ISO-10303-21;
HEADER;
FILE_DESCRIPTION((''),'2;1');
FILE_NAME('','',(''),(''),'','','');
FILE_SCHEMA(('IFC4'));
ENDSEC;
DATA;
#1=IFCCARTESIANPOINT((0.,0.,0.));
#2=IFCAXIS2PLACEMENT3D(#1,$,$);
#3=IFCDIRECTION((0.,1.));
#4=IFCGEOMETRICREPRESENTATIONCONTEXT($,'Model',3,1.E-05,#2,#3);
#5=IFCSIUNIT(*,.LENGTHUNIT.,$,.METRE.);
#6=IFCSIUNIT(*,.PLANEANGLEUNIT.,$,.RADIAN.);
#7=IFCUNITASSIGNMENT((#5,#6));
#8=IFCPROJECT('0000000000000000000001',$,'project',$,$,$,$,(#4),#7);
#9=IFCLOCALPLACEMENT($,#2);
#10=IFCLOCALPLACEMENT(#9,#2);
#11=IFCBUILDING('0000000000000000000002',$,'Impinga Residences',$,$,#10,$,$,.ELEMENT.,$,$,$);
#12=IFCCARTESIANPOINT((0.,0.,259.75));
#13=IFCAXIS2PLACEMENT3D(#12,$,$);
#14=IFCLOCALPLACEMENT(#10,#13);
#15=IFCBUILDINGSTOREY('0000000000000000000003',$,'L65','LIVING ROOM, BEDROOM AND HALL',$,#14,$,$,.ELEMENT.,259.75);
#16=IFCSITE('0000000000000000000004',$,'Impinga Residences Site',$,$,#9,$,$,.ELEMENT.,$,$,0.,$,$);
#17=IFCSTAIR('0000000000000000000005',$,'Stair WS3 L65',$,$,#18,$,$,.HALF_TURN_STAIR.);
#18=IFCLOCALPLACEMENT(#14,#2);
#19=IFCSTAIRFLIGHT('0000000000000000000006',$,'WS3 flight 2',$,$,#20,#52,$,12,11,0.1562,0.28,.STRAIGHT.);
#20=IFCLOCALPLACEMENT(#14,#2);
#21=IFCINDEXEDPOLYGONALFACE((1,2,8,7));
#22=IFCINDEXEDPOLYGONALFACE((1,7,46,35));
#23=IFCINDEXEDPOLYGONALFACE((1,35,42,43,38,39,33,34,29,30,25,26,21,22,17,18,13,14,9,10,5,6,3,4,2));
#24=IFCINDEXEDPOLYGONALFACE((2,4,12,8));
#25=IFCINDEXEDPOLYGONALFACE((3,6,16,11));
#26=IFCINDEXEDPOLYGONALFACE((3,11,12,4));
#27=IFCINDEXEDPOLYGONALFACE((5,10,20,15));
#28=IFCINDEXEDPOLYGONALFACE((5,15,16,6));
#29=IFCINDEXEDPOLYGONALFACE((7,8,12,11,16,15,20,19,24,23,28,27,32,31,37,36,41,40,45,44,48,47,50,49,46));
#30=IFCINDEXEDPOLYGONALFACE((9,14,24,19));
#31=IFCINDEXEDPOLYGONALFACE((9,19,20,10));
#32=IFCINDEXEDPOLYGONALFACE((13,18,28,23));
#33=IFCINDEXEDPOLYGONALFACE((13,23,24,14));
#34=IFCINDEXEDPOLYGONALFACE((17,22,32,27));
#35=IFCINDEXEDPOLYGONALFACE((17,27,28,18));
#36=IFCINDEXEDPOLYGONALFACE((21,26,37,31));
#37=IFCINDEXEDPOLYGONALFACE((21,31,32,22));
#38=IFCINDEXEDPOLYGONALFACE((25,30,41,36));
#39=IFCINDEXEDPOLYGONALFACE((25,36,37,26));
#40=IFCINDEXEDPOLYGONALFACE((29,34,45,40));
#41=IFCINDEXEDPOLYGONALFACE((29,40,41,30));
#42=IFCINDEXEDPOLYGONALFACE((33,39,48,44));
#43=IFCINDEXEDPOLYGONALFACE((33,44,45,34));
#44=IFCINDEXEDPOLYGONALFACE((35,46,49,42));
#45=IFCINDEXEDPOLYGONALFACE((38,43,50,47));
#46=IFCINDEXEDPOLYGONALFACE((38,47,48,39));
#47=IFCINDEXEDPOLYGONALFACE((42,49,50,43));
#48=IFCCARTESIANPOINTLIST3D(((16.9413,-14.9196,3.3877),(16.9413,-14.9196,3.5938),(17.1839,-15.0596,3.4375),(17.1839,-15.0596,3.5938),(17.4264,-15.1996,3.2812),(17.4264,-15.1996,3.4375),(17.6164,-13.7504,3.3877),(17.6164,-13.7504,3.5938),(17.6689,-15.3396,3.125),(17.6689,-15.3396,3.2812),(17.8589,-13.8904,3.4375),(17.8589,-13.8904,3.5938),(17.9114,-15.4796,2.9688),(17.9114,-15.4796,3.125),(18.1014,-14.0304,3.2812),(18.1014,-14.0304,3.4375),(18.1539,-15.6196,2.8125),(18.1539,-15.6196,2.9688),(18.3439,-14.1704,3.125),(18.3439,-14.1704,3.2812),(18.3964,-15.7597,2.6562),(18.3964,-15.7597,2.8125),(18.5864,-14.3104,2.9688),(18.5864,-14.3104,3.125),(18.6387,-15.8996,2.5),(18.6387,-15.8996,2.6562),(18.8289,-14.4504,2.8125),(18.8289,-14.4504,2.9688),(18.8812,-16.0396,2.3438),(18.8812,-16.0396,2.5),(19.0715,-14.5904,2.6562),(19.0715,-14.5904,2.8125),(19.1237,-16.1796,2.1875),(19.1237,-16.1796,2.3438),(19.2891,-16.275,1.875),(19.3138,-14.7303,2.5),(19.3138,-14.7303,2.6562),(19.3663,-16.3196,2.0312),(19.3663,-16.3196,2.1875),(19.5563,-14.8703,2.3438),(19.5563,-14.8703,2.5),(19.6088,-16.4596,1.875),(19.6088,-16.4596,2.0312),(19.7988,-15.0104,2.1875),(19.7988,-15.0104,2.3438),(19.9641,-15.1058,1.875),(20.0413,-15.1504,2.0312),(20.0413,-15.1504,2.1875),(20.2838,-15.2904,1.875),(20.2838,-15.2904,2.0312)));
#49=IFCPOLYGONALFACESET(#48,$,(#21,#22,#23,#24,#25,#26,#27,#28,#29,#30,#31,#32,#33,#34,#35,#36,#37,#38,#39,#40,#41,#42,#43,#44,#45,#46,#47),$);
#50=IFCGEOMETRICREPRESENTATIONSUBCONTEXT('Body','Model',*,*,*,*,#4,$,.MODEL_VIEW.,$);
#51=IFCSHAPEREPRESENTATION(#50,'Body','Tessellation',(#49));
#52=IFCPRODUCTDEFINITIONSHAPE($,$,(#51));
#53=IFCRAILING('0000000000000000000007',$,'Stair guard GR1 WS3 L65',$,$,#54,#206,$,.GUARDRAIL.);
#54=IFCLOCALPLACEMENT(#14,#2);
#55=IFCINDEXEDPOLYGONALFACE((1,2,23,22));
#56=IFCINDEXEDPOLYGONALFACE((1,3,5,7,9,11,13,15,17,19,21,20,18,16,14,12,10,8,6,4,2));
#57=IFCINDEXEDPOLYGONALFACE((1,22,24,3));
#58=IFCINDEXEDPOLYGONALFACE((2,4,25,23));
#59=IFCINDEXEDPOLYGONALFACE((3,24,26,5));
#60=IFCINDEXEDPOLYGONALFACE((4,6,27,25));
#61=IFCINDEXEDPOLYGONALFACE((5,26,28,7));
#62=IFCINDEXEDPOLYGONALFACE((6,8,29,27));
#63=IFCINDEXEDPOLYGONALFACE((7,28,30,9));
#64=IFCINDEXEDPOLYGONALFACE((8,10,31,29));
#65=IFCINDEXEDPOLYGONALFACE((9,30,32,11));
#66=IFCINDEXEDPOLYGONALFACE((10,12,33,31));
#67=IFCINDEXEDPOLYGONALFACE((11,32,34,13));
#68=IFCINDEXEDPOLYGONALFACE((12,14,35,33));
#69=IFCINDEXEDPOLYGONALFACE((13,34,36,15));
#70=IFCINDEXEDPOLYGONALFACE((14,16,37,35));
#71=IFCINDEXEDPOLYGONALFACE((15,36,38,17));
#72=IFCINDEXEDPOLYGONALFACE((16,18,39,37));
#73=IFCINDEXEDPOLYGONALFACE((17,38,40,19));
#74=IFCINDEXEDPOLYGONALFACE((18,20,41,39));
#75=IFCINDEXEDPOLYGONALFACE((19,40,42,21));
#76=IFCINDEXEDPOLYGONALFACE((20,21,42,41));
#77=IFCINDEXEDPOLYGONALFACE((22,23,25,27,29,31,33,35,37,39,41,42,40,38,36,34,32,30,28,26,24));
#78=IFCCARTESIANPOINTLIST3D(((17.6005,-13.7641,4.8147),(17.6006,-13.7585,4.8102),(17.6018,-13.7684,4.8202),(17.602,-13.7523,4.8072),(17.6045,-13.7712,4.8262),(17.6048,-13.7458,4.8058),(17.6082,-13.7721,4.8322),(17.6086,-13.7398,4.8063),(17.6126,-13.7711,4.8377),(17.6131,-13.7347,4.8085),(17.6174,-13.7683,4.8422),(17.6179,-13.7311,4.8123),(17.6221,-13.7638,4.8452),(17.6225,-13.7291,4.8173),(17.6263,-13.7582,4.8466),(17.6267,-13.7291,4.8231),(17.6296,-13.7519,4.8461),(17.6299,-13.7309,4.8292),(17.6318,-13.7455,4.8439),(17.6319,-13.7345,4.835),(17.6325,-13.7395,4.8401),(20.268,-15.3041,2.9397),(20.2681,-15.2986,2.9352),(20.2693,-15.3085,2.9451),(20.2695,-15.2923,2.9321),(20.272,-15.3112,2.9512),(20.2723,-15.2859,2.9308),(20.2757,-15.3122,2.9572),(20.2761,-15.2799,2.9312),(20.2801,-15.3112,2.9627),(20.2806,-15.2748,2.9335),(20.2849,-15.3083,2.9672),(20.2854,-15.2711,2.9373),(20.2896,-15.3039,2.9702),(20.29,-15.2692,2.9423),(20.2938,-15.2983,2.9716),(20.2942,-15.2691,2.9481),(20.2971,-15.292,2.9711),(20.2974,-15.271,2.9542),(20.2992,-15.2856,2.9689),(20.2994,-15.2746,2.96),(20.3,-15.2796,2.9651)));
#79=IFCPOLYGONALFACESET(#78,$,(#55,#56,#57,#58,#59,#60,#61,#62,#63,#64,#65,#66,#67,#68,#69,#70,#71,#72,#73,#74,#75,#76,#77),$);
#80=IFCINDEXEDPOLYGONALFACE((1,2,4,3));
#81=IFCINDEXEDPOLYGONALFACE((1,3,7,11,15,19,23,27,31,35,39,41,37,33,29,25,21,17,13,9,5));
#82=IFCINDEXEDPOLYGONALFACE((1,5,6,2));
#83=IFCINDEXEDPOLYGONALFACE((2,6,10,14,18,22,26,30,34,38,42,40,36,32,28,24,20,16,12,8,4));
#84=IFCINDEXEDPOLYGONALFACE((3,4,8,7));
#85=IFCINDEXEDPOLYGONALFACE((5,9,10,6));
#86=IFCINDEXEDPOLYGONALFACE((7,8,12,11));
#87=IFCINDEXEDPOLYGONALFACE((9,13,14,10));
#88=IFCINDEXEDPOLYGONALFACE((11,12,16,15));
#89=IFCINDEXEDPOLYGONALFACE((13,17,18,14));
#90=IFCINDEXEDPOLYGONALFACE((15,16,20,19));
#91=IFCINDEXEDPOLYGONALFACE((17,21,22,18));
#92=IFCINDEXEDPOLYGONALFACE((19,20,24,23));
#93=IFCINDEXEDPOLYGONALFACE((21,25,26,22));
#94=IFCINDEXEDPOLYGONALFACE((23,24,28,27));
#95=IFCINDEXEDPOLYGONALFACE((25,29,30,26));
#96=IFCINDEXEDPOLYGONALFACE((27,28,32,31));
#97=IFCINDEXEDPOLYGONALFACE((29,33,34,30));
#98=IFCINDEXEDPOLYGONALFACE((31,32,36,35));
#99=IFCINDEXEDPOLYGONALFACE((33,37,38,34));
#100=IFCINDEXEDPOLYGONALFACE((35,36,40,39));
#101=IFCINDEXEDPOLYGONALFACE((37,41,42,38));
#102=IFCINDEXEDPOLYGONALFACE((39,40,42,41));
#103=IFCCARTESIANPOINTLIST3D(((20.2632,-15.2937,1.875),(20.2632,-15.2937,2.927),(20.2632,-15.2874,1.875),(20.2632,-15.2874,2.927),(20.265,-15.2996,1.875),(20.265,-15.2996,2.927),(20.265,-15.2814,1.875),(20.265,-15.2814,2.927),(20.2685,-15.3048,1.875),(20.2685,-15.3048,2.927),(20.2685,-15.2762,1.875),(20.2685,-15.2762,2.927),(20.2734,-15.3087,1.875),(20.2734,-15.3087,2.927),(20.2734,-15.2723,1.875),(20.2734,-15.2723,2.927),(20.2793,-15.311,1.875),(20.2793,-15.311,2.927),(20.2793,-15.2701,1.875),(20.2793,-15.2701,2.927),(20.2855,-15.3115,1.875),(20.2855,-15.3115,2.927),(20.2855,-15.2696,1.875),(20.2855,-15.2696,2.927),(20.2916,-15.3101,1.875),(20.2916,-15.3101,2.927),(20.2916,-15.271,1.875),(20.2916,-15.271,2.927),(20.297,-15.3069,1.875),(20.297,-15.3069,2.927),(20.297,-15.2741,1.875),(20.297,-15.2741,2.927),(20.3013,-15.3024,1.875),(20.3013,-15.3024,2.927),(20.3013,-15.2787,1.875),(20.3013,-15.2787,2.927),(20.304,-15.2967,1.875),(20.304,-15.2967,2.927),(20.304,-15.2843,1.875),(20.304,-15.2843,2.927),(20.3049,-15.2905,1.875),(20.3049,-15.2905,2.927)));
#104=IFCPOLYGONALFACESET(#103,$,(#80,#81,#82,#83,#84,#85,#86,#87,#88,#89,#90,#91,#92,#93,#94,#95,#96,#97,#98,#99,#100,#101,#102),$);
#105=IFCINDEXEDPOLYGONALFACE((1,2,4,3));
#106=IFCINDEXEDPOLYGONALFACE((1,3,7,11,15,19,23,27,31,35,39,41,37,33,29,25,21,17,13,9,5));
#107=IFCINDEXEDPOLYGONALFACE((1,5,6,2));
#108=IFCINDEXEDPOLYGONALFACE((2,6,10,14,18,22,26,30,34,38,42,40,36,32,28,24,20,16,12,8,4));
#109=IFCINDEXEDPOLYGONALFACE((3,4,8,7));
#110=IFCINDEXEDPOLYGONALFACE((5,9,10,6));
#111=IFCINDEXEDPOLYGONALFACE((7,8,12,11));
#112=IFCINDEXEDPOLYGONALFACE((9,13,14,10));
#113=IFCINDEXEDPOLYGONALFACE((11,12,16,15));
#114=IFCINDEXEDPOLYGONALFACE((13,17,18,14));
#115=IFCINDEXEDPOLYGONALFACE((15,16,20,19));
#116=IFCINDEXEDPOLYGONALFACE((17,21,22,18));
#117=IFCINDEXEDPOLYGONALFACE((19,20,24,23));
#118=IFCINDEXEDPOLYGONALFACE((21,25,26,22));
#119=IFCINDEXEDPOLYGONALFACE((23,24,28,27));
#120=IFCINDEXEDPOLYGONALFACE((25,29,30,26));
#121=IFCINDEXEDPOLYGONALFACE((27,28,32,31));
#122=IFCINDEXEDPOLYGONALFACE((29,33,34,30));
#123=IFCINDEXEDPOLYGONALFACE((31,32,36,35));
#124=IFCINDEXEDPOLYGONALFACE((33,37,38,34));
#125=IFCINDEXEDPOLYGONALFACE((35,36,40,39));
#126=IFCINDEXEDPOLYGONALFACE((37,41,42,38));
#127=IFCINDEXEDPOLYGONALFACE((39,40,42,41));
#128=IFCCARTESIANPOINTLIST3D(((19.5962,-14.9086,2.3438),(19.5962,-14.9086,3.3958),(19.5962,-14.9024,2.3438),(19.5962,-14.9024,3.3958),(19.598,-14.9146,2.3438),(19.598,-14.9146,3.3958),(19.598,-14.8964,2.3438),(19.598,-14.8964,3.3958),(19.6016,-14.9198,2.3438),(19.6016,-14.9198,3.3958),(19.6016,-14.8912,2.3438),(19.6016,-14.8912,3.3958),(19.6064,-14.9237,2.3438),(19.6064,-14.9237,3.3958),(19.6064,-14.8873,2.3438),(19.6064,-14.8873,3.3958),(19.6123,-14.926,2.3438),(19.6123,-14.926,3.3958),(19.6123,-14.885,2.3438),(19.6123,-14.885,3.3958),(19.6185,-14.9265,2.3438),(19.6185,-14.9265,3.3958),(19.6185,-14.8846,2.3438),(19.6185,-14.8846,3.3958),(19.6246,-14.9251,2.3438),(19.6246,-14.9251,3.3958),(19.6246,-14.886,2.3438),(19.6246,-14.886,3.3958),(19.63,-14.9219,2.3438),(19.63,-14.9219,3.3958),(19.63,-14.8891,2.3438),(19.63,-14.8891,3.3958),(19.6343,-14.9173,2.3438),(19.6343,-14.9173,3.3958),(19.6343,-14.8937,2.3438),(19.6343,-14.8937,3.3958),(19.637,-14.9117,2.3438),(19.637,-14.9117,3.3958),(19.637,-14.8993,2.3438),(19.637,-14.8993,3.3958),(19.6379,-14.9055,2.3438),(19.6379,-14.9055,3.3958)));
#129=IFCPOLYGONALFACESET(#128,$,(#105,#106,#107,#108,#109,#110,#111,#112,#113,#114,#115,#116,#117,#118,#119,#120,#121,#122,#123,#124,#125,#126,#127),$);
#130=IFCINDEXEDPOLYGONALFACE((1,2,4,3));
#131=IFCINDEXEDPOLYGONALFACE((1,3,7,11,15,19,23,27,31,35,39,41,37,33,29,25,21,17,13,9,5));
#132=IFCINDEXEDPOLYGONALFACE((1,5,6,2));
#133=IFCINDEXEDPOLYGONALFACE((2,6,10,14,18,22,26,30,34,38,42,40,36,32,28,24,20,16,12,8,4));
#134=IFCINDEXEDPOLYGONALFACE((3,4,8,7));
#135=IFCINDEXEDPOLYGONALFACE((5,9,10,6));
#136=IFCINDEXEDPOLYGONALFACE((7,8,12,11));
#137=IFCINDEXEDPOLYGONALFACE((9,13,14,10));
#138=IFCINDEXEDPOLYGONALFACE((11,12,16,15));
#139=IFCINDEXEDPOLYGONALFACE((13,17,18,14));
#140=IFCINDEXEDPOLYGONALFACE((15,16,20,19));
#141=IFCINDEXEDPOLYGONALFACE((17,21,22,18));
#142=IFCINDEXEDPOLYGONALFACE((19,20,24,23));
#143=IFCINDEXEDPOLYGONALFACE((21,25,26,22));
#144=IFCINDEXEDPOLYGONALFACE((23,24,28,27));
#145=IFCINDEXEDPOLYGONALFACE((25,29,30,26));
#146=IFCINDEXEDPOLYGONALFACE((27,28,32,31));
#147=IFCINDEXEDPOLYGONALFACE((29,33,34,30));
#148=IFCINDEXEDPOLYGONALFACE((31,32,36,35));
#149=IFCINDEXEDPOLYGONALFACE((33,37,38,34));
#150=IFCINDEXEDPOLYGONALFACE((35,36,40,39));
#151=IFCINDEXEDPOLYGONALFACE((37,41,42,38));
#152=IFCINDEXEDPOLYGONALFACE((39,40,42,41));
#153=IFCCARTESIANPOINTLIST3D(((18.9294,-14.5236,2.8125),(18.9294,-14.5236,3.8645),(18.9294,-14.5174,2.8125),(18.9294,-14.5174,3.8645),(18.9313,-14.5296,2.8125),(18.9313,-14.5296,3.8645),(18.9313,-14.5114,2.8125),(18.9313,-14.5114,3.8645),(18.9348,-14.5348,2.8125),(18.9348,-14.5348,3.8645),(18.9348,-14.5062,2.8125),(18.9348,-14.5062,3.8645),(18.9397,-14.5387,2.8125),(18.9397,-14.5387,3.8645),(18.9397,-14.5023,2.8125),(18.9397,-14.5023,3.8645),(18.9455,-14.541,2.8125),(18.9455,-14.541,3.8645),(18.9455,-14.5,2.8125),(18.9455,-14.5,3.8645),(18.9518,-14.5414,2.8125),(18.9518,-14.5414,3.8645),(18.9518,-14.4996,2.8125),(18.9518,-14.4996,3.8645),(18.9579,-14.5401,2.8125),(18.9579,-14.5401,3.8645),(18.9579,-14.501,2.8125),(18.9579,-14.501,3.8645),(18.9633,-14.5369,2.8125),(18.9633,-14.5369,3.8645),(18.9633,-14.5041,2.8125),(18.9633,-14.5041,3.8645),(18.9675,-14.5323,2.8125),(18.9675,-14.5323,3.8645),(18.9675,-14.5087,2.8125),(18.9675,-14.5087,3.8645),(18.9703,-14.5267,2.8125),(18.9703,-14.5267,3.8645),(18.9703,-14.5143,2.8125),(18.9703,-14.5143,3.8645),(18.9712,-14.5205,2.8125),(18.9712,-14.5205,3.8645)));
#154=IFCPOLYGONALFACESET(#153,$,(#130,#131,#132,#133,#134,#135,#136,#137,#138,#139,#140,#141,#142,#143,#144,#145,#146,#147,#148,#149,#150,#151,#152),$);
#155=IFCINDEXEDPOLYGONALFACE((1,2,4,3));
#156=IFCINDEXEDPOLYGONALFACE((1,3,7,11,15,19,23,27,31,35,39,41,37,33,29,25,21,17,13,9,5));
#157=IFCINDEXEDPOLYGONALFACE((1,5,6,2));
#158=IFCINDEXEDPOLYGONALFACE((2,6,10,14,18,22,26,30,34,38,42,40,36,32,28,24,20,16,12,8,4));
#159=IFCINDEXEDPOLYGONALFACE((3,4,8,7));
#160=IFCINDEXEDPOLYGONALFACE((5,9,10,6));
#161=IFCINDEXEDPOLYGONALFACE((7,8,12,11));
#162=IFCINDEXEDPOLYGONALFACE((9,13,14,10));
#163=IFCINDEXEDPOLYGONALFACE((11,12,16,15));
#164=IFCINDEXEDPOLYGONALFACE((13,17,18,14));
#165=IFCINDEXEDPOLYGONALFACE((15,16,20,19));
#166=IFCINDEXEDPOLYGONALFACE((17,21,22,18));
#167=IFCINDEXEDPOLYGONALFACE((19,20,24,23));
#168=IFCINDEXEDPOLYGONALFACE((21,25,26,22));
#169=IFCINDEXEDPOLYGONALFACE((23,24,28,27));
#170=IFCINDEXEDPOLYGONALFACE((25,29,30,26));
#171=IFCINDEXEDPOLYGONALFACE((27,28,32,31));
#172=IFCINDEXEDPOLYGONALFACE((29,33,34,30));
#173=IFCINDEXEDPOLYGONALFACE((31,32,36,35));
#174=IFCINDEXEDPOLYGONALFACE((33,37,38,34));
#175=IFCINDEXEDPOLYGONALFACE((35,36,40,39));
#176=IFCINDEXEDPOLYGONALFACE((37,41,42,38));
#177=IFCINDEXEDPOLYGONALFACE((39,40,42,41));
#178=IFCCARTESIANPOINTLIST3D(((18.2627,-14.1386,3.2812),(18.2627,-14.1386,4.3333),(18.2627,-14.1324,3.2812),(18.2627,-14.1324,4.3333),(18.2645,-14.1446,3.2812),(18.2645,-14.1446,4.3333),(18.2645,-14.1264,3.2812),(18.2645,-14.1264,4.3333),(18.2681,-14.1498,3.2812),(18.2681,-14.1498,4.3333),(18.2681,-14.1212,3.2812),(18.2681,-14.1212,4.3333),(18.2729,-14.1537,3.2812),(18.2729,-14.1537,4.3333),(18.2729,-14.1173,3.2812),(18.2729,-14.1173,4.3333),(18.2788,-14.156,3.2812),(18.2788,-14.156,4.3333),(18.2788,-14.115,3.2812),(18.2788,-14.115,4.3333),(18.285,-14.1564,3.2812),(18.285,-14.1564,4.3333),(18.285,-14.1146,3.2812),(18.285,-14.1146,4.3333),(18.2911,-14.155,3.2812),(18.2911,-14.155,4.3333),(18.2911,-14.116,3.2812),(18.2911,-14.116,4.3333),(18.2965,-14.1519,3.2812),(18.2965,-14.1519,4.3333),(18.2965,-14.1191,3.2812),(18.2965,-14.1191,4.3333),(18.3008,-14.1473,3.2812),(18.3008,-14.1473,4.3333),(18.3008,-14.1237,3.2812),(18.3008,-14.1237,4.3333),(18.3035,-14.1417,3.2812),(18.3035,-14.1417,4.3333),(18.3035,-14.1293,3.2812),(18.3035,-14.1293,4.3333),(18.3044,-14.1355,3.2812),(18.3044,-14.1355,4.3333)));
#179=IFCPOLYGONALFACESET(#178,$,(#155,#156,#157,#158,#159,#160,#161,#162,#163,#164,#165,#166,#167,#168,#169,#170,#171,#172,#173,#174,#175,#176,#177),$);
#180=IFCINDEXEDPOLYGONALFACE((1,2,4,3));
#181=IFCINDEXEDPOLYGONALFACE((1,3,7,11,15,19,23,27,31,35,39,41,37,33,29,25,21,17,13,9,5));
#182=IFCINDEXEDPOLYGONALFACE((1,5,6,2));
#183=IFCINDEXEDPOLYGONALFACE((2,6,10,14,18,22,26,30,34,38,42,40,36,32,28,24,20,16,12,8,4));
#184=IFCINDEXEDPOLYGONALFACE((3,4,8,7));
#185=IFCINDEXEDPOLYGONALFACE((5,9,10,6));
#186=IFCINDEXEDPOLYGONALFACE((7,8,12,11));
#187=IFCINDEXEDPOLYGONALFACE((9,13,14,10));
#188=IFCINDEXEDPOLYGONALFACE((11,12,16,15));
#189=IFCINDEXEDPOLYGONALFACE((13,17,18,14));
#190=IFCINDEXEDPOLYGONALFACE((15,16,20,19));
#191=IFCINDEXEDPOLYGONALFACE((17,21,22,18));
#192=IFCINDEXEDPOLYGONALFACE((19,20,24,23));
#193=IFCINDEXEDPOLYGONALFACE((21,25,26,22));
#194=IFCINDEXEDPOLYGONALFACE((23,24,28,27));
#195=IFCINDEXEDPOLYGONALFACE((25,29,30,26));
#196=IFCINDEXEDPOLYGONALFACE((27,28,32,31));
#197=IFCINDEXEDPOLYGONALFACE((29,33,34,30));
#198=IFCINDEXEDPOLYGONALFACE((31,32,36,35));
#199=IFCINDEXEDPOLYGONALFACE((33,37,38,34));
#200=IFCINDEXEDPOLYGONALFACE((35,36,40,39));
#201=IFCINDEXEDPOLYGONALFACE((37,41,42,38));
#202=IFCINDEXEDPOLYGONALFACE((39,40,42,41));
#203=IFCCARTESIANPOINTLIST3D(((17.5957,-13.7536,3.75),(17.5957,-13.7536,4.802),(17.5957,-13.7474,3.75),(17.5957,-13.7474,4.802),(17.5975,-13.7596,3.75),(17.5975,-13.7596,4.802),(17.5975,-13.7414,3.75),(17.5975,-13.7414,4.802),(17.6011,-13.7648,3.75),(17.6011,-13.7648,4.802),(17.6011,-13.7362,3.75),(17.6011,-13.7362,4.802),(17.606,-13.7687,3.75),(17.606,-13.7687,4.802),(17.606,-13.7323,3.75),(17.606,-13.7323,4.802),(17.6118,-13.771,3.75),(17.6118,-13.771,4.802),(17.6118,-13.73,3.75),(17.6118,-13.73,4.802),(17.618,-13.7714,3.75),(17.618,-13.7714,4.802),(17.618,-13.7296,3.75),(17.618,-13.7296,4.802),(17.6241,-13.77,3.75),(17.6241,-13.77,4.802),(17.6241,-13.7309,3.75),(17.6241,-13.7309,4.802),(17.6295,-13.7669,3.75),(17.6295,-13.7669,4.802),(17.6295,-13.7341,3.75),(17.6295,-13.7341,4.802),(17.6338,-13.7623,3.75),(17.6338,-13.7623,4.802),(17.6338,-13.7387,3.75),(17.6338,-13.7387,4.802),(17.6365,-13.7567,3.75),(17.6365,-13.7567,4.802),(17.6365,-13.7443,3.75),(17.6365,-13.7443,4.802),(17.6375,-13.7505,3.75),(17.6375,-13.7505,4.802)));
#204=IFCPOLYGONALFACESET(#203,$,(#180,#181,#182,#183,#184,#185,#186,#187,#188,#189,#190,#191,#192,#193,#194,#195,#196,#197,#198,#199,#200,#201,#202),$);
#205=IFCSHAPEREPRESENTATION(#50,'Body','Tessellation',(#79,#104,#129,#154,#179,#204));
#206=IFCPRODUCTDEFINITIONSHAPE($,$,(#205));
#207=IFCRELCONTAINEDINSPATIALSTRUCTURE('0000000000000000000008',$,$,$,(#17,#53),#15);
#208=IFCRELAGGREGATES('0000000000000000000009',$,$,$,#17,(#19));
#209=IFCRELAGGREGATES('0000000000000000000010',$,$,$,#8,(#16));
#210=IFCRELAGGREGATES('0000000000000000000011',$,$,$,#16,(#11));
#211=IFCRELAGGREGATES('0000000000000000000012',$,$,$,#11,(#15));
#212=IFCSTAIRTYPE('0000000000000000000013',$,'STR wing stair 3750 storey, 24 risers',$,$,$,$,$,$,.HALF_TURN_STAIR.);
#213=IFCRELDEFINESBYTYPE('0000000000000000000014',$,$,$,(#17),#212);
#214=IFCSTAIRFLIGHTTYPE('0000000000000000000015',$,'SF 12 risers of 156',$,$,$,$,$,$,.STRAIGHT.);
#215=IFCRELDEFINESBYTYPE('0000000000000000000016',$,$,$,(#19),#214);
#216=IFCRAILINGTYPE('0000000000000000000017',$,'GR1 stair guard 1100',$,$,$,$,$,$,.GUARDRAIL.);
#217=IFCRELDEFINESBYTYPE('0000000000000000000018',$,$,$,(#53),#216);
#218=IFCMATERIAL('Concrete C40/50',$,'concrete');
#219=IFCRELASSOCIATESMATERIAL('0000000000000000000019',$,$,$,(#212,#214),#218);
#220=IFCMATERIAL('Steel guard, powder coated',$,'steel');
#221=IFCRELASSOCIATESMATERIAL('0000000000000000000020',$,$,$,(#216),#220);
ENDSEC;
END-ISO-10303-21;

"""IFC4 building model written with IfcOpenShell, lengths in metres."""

from ifc_helpers import new_model, si_unit, direction, frame, origin, origin_2d, place, context, subcontext, project, spatial, polyline, circle, outline, extrude, material, type_object, element, aggregate, save


model = new_model("IFC4")

# Units and contexts
model_context = context("Model", 3, precision=1e-05, world=origin(), true_north=direction((0.0, 1.0)))
body_context = subcontext(model_context, "Body", "Model", "MODEL_VIEW")
ifc_project = project(units=[si_unit("LENGTHUNIT", "METRE"), si_unit("PLANEANGLEUNIT", "RADIAN")], contexts=[model_context])

# Site, building, storey
site_placement = place(None, origin())
site = spatial("IfcSite", under=ifc_project, at=site_placement, Name="Impinga Residences Site", CompositionType="ELEMENT", RefElevation=0.0)
building_placement = place(site_placement, origin())
building = spatial("IfcBuilding", under=site, at=building_placement, Name="Impinga Residences", CompositionType="ELEMENT")
storey_placement = place(building_placement, frame((0.0, 0.0, 259.75)))
storey = spatial("IfcBuildingStorey", under=building, at=storey_placement, Name="L65", Description="LIVING ROOM, BEDROOM AND HALL", CompositionType="ELEMENT", Elevation=259.75)

# Stair, stair flight
ifc_material_1 = material(Name="Concrete C40/50", Category="concrete")
stair_type = type_object("IfcStairType", Name="STR wing stair 3750 storey, 24 risers", PredefinedType="HALF_TURN_STAIR", material=ifc_material_1)
stair_placement = place(storey_placement, origin())
stair = element("IfcStair", 1, at=stair_placement, inside=storey, type_object=stair_type, Name="Stair WS3 L65", PredefinedType="HALF_TURN_STAIR")
stair_flight_type = type_object("IfcStairFlightType", Name="SF 12 risers of 156", PredefinedType="STRAIGHT", material=ifc_material_1)
stair_flight_1_placement = place(storey_placement, frame((19.9463, -15.875, 1.875), z_axis=(0.0, 0.0, 1.0), x_axis=(-0.866025, 0.5, 0.0)))
stair_flight_1 = element("IfcStairFlight", 2, at=stair_flight_1_placement, type_object=stair_flight_type, Name="WS3 flight 2", NumberOfRisers=12, NumberOfTreads=11, PredefinedType="STRAIGHT", RiserHeight=0.1562, TreadLength=0.28, context=body_context, shape_type="SweptSolid", body=[
    extrude(outline(polyline([(0.0, 0.0), (0.0, 0.1562), (0.28, 0.1562), (0.28, 0.3125), (0.5601, 0.3125), (0.5601, 0.4688), (0.8401, 0.4688), (0.8401, 0.625), (1.1201, 0.625), (1.1201, 0.7812), (1.3999, 0.7812), (1.3999, 0.9375), (1.6799, 0.9375), (1.6799, 1.0938), (1.96, 1.0938), (1.96, 1.25), (2.24, 1.25), (2.24, 1.4062), (2.52, 1.4062), (2.52, 1.5625), (2.8, 1.5625), (2.8, 1.7188), (3.0801, 1.7188), (3.0801, 1.875), (3.0801, 1.5127), (0.3691, 0.0), (0.0, 0.0)])), frame((0.0, 0.675, 0.0), z_axis=(0.0, -1.0, 0.0), x_axis=(1.0, 0.0, 0.0)), (0.0, 0.0, 1.0), 1.3501),
])
aggregate(stair, [stair_flight_1])

# Railing
ifc_material_2 = material(Name="Steel guard, powder coated", Category="steel")
railing_type_1 = type_object("IfcRailingType", Name="GR1 stair guard 1100", PredefinedType="GUARDRAIL", material=ifc_material_2)
railing_1_placement = place(storey_placement, frame((20.2839, -15.2905, 1.875)))
element("IfcRailing", 3, at=railing_1_placement, inside=storey, type_object=railing_type_1, Name="Stair guard GR1 WS3 L65", PredefinedType="GUARDRAIL", context=body_context, shape_type="SweptSolid", body=[
    extrude(circle(Radius=0.0239, at=origin_2d()), frame((0.0, 0.0, 1.0762), z_axis=(-0.739746, 0.427084, 0.519975), x_axis=(-0.499992, -0.86603, 0.0)), (0.0, 0.0, 1.0), 3.606),
    extrude(circle(Radius=0.021, at=origin_2d()), origin(), (0.0, 0.0, 1.0), 1.052),
    extrude(circle(Radius=0.021, at=origin_2d()), frame((-0.667, 0.385, 0.4688)), (0.0, 0.0, 1.0), 1.052),
    extrude(circle(Radius=0.021, at=origin_2d()), frame((-1.3337, 0.77, 0.9375)), (0.0, 0.0, 1.0), 1.052),
    extrude(circle(Radius=0.021, at=origin_2d()), frame((-2.0005, 1.155, 1.4062)), (0.0, 0.0, 1.0), 1.052),
    extrude(circle(Radius=0.021, at=origin_2d()), frame((-2.6675, 1.54, 1.875)), (0.0, 0.0, 1.0), 1.052),
])

save(model, "model.ifc")
